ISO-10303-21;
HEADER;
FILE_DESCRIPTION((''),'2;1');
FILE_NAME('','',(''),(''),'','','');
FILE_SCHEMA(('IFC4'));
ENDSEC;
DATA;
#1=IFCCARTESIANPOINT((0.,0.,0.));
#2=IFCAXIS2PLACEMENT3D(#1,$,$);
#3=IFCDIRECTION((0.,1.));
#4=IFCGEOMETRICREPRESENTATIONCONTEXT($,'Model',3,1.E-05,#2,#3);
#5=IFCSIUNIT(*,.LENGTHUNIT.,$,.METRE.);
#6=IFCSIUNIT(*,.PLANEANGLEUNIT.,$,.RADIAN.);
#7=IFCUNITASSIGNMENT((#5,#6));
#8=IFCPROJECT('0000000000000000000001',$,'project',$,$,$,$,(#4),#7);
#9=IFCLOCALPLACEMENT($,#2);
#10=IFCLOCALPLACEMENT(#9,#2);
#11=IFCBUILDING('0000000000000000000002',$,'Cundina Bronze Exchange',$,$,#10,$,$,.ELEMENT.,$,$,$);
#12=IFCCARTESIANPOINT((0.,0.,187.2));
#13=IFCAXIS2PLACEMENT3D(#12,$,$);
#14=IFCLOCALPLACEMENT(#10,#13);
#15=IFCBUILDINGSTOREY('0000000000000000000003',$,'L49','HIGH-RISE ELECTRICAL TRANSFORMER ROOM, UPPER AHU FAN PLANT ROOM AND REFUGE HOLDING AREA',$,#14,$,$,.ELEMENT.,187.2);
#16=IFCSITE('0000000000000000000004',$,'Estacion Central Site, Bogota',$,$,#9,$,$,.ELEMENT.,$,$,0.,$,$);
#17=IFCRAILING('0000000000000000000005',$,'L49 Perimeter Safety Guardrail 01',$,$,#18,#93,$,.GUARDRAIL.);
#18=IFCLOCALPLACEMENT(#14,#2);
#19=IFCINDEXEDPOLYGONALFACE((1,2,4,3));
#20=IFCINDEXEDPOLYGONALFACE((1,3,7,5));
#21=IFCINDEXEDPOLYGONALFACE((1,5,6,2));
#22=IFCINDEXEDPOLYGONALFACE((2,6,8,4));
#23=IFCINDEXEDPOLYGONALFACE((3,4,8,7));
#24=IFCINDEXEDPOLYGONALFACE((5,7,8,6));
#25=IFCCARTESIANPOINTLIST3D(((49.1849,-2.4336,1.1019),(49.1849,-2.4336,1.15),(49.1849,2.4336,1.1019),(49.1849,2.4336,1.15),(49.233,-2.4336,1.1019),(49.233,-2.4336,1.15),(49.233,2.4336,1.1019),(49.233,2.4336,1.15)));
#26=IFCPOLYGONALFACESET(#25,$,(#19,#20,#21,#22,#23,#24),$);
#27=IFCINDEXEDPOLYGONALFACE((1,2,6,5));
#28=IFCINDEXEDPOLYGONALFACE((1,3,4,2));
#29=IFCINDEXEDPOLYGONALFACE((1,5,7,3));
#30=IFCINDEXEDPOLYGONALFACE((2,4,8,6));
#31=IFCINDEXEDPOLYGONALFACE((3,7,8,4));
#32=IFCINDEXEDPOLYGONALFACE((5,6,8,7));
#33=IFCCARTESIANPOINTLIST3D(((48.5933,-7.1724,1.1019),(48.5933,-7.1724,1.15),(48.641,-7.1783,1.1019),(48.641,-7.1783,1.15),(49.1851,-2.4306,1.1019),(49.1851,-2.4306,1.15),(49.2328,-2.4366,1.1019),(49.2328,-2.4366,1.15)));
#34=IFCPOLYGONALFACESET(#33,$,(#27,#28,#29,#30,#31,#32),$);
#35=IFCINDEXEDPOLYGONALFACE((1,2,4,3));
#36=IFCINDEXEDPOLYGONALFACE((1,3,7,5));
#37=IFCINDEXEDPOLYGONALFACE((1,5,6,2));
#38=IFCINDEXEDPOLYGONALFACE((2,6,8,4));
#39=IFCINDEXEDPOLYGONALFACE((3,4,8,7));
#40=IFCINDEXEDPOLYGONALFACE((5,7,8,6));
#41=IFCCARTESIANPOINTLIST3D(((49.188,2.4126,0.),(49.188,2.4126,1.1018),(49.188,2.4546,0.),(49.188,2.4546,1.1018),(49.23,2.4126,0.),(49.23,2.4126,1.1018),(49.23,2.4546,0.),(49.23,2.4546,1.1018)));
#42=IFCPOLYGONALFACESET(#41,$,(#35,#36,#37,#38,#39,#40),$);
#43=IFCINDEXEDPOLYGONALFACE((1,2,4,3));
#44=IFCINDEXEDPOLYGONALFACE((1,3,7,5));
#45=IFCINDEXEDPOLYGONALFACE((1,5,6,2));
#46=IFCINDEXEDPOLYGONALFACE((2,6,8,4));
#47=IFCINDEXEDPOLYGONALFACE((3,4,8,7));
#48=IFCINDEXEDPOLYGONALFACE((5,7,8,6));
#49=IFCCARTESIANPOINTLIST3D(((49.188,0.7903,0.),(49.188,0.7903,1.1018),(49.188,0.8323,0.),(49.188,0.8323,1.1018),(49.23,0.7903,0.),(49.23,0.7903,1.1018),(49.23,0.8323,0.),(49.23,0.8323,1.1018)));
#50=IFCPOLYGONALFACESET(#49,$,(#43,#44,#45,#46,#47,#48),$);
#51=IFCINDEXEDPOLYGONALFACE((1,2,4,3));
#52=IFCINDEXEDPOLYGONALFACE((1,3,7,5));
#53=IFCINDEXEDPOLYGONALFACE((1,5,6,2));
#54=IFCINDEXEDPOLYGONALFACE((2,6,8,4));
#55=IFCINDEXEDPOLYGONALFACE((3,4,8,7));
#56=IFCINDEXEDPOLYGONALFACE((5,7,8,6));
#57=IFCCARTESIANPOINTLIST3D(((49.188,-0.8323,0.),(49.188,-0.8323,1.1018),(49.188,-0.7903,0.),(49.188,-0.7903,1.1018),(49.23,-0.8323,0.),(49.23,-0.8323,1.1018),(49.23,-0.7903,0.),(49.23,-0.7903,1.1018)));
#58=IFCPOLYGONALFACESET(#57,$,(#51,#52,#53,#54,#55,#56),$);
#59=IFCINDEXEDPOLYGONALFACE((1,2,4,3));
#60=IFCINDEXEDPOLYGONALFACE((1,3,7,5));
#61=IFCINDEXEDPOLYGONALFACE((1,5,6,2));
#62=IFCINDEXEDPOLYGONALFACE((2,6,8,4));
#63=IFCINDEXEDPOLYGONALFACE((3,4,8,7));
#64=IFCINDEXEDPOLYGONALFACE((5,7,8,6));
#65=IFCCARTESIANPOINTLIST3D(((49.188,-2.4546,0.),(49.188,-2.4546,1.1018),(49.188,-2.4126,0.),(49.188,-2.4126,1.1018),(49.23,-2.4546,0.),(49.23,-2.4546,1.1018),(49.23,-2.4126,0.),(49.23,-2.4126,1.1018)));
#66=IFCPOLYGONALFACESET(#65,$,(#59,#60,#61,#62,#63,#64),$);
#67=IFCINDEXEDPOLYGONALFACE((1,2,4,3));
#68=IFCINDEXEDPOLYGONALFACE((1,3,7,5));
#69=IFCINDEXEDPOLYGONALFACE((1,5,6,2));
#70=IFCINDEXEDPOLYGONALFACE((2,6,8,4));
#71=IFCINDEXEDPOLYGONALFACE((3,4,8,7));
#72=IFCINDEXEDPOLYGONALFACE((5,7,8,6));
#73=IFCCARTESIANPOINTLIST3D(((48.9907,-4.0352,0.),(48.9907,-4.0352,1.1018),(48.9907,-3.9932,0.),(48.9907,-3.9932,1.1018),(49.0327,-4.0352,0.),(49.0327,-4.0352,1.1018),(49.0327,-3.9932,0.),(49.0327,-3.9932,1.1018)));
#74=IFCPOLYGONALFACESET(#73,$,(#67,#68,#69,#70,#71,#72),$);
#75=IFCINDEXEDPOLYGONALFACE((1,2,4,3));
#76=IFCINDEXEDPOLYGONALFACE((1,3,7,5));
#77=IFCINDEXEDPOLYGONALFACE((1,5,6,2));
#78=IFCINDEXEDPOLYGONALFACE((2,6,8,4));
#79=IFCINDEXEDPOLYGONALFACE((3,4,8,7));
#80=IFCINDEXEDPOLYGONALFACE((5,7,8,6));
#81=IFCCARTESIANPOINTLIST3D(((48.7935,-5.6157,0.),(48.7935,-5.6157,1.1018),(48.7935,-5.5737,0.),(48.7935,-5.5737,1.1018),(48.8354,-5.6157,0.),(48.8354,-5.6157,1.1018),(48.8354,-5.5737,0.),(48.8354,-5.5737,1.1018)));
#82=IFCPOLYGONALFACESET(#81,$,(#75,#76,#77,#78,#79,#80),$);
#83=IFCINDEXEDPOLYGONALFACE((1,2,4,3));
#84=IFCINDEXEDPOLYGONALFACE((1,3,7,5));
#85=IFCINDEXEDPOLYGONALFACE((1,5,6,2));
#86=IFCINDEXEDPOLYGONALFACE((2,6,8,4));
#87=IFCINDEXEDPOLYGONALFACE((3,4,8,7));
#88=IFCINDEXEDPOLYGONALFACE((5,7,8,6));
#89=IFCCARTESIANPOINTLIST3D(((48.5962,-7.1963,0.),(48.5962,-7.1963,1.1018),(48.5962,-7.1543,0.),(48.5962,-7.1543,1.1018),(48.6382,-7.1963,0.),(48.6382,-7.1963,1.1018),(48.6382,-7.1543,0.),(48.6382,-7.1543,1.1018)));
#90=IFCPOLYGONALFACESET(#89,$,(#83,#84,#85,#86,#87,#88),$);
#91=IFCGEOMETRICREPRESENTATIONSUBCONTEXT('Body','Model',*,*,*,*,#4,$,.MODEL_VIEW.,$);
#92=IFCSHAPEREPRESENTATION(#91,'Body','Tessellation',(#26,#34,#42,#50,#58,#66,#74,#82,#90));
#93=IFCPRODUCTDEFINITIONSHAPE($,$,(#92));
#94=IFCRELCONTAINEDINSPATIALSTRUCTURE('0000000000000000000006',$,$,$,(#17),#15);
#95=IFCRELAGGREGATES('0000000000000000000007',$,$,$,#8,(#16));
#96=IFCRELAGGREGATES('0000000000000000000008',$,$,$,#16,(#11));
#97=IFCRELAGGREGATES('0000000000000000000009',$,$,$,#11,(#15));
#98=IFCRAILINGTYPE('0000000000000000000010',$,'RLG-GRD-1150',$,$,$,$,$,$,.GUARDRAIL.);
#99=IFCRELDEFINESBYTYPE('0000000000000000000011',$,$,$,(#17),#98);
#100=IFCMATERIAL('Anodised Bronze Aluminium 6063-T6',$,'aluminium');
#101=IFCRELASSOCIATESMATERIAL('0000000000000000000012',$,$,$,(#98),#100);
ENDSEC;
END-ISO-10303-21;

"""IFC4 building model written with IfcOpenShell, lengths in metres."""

from ifc_helpers import new_model, si_unit, direction, frame, origin, origin_2d, place, context, subcontext, project, spatial, rectangle, extrude, material, type_object, element, save


model = new_model("IFC4")

# Units and contexts
model_context = context("Model", 3, precision=1e-05, world=origin(), true_north=direction((0.0, 1.0)))
body_context = subcontext(model_context, "Body", "Model", "MODEL_VIEW")
ifc_project = project(units=[si_unit("LENGTHUNIT", "METRE"), si_unit("PLANEANGLEUNIT", "RADIAN")], contexts=[model_context])

# Site, building, storey
site_placement = place(None, origin())
site = spatial("IfcSite", under=ifc_project, at=site_placement, Name="Estacion Central Site, Bogota", CompositionType="ELEMENT", RefElevation=0.0)
building_placement = place(site_placement, origin())
building = spatial("IfcBuilding", under=site, at=building_placement, Name="Cundina Bronze Exchange", CompositionType="ELEMENT")
storey_placement = place(building_placement, frame((0.0, 0.0, 187.2)))
storey = spatial("IfcBuildingStorey", under=building, at=storey_placement, Name="L49", Description="HIGH-RISE ELECTRICAL TRANSFORMER ROOM, UPPER AHU FAN PLANT ROOM AND REFUGE HOLDING AREA", CompositionType="ELEMENT", Elevation=187.2)

# Railing
ifc_material_1 = material(Name="Anodised Bronze Aluminium 6063-T6", Category="aluminium")
railing_type = type_object("IfcRailingType", Name="RLG-GRD-1150", PredefinedType="GUARDRAIL", material=ifc_material_1)
railing_placement = place(storey_placement, frame((49.209, 2.4336, 0.0)))
element("IfcRailing", 1, at=railing_placement, inside=storey, type_object=railing_type, Name="L49 Perimeter Safety Guardrail 01", PredefinedType="GUARDRAIL", context=body_context, shape_type="SweptSolid", body=[
    extrude(rectangle(XDim=0.0481, YDim=0.0481, at=origin_2d()), frame((0.0, 0.0, 1.126), z_axis=(0.0, -1.0, 0.0), x_axis=(1.0, 0.0, 0.0)), (0.0, 0.0, 1.0), 4.8672),
    extrude(rectangle(XDim=0.0481, YDim=0.0481, at=origin_2d()), frame((0.0, -4.8672, 1.126), z_axis=(-0.123846, -0.992301, 0.0), x_axis=(0.992301, -0.123846, 0.0)), (0.0, 0.0, 1.0), 4.7786),
    extrude(rectangle(XDim=0.042, YDim=0.042, at=origin_2d()), origin(), (0.0, 0.0, 1.0), 1.1018),
    extrude(rectangle(XDim=0.042, YDim=0.042, at=origin_2d()), frame((0.0, -1.6223, 0.0)), (0.0, 0.0, 1.0), 1.1018),
    extrude(rectangle(XDim=0.042, YDim=0.042, at=origin_2d()), frame((0.0, -3.2449, 0.0)), (0.0, 0.0, 1.0), 1.1018),
    extrude(rectangle(XDim=0.042, YDim=0.042, at=origin_2d()), frame((0.0, -4.8672, 0.0)), (0.0, 0.0, 1.0), 1.1018),
    extrude(rectangle(XDim=0.042, YDim=0.042, at=origin_2d()), frame((-0.1973, -6.4478, 0.0)), (0.0, 0.0, 1.0), 1.1018),
    extrude(rectangle(XDim=0.042, YDim=0.042, at=origin_2d()), frame((-0.3945, -8.0283, 0.0)), (0.0, 0.0, 1.0), 1.1018),
    extrude(rectangle(XDim=0.042, YDim=0.042, at=origin_2d()), frame((-0.5918, -9.6089, 0.0)), (0.0, 0.0, 1.0), 1.1018),
])

save(model, "model.ifc")
